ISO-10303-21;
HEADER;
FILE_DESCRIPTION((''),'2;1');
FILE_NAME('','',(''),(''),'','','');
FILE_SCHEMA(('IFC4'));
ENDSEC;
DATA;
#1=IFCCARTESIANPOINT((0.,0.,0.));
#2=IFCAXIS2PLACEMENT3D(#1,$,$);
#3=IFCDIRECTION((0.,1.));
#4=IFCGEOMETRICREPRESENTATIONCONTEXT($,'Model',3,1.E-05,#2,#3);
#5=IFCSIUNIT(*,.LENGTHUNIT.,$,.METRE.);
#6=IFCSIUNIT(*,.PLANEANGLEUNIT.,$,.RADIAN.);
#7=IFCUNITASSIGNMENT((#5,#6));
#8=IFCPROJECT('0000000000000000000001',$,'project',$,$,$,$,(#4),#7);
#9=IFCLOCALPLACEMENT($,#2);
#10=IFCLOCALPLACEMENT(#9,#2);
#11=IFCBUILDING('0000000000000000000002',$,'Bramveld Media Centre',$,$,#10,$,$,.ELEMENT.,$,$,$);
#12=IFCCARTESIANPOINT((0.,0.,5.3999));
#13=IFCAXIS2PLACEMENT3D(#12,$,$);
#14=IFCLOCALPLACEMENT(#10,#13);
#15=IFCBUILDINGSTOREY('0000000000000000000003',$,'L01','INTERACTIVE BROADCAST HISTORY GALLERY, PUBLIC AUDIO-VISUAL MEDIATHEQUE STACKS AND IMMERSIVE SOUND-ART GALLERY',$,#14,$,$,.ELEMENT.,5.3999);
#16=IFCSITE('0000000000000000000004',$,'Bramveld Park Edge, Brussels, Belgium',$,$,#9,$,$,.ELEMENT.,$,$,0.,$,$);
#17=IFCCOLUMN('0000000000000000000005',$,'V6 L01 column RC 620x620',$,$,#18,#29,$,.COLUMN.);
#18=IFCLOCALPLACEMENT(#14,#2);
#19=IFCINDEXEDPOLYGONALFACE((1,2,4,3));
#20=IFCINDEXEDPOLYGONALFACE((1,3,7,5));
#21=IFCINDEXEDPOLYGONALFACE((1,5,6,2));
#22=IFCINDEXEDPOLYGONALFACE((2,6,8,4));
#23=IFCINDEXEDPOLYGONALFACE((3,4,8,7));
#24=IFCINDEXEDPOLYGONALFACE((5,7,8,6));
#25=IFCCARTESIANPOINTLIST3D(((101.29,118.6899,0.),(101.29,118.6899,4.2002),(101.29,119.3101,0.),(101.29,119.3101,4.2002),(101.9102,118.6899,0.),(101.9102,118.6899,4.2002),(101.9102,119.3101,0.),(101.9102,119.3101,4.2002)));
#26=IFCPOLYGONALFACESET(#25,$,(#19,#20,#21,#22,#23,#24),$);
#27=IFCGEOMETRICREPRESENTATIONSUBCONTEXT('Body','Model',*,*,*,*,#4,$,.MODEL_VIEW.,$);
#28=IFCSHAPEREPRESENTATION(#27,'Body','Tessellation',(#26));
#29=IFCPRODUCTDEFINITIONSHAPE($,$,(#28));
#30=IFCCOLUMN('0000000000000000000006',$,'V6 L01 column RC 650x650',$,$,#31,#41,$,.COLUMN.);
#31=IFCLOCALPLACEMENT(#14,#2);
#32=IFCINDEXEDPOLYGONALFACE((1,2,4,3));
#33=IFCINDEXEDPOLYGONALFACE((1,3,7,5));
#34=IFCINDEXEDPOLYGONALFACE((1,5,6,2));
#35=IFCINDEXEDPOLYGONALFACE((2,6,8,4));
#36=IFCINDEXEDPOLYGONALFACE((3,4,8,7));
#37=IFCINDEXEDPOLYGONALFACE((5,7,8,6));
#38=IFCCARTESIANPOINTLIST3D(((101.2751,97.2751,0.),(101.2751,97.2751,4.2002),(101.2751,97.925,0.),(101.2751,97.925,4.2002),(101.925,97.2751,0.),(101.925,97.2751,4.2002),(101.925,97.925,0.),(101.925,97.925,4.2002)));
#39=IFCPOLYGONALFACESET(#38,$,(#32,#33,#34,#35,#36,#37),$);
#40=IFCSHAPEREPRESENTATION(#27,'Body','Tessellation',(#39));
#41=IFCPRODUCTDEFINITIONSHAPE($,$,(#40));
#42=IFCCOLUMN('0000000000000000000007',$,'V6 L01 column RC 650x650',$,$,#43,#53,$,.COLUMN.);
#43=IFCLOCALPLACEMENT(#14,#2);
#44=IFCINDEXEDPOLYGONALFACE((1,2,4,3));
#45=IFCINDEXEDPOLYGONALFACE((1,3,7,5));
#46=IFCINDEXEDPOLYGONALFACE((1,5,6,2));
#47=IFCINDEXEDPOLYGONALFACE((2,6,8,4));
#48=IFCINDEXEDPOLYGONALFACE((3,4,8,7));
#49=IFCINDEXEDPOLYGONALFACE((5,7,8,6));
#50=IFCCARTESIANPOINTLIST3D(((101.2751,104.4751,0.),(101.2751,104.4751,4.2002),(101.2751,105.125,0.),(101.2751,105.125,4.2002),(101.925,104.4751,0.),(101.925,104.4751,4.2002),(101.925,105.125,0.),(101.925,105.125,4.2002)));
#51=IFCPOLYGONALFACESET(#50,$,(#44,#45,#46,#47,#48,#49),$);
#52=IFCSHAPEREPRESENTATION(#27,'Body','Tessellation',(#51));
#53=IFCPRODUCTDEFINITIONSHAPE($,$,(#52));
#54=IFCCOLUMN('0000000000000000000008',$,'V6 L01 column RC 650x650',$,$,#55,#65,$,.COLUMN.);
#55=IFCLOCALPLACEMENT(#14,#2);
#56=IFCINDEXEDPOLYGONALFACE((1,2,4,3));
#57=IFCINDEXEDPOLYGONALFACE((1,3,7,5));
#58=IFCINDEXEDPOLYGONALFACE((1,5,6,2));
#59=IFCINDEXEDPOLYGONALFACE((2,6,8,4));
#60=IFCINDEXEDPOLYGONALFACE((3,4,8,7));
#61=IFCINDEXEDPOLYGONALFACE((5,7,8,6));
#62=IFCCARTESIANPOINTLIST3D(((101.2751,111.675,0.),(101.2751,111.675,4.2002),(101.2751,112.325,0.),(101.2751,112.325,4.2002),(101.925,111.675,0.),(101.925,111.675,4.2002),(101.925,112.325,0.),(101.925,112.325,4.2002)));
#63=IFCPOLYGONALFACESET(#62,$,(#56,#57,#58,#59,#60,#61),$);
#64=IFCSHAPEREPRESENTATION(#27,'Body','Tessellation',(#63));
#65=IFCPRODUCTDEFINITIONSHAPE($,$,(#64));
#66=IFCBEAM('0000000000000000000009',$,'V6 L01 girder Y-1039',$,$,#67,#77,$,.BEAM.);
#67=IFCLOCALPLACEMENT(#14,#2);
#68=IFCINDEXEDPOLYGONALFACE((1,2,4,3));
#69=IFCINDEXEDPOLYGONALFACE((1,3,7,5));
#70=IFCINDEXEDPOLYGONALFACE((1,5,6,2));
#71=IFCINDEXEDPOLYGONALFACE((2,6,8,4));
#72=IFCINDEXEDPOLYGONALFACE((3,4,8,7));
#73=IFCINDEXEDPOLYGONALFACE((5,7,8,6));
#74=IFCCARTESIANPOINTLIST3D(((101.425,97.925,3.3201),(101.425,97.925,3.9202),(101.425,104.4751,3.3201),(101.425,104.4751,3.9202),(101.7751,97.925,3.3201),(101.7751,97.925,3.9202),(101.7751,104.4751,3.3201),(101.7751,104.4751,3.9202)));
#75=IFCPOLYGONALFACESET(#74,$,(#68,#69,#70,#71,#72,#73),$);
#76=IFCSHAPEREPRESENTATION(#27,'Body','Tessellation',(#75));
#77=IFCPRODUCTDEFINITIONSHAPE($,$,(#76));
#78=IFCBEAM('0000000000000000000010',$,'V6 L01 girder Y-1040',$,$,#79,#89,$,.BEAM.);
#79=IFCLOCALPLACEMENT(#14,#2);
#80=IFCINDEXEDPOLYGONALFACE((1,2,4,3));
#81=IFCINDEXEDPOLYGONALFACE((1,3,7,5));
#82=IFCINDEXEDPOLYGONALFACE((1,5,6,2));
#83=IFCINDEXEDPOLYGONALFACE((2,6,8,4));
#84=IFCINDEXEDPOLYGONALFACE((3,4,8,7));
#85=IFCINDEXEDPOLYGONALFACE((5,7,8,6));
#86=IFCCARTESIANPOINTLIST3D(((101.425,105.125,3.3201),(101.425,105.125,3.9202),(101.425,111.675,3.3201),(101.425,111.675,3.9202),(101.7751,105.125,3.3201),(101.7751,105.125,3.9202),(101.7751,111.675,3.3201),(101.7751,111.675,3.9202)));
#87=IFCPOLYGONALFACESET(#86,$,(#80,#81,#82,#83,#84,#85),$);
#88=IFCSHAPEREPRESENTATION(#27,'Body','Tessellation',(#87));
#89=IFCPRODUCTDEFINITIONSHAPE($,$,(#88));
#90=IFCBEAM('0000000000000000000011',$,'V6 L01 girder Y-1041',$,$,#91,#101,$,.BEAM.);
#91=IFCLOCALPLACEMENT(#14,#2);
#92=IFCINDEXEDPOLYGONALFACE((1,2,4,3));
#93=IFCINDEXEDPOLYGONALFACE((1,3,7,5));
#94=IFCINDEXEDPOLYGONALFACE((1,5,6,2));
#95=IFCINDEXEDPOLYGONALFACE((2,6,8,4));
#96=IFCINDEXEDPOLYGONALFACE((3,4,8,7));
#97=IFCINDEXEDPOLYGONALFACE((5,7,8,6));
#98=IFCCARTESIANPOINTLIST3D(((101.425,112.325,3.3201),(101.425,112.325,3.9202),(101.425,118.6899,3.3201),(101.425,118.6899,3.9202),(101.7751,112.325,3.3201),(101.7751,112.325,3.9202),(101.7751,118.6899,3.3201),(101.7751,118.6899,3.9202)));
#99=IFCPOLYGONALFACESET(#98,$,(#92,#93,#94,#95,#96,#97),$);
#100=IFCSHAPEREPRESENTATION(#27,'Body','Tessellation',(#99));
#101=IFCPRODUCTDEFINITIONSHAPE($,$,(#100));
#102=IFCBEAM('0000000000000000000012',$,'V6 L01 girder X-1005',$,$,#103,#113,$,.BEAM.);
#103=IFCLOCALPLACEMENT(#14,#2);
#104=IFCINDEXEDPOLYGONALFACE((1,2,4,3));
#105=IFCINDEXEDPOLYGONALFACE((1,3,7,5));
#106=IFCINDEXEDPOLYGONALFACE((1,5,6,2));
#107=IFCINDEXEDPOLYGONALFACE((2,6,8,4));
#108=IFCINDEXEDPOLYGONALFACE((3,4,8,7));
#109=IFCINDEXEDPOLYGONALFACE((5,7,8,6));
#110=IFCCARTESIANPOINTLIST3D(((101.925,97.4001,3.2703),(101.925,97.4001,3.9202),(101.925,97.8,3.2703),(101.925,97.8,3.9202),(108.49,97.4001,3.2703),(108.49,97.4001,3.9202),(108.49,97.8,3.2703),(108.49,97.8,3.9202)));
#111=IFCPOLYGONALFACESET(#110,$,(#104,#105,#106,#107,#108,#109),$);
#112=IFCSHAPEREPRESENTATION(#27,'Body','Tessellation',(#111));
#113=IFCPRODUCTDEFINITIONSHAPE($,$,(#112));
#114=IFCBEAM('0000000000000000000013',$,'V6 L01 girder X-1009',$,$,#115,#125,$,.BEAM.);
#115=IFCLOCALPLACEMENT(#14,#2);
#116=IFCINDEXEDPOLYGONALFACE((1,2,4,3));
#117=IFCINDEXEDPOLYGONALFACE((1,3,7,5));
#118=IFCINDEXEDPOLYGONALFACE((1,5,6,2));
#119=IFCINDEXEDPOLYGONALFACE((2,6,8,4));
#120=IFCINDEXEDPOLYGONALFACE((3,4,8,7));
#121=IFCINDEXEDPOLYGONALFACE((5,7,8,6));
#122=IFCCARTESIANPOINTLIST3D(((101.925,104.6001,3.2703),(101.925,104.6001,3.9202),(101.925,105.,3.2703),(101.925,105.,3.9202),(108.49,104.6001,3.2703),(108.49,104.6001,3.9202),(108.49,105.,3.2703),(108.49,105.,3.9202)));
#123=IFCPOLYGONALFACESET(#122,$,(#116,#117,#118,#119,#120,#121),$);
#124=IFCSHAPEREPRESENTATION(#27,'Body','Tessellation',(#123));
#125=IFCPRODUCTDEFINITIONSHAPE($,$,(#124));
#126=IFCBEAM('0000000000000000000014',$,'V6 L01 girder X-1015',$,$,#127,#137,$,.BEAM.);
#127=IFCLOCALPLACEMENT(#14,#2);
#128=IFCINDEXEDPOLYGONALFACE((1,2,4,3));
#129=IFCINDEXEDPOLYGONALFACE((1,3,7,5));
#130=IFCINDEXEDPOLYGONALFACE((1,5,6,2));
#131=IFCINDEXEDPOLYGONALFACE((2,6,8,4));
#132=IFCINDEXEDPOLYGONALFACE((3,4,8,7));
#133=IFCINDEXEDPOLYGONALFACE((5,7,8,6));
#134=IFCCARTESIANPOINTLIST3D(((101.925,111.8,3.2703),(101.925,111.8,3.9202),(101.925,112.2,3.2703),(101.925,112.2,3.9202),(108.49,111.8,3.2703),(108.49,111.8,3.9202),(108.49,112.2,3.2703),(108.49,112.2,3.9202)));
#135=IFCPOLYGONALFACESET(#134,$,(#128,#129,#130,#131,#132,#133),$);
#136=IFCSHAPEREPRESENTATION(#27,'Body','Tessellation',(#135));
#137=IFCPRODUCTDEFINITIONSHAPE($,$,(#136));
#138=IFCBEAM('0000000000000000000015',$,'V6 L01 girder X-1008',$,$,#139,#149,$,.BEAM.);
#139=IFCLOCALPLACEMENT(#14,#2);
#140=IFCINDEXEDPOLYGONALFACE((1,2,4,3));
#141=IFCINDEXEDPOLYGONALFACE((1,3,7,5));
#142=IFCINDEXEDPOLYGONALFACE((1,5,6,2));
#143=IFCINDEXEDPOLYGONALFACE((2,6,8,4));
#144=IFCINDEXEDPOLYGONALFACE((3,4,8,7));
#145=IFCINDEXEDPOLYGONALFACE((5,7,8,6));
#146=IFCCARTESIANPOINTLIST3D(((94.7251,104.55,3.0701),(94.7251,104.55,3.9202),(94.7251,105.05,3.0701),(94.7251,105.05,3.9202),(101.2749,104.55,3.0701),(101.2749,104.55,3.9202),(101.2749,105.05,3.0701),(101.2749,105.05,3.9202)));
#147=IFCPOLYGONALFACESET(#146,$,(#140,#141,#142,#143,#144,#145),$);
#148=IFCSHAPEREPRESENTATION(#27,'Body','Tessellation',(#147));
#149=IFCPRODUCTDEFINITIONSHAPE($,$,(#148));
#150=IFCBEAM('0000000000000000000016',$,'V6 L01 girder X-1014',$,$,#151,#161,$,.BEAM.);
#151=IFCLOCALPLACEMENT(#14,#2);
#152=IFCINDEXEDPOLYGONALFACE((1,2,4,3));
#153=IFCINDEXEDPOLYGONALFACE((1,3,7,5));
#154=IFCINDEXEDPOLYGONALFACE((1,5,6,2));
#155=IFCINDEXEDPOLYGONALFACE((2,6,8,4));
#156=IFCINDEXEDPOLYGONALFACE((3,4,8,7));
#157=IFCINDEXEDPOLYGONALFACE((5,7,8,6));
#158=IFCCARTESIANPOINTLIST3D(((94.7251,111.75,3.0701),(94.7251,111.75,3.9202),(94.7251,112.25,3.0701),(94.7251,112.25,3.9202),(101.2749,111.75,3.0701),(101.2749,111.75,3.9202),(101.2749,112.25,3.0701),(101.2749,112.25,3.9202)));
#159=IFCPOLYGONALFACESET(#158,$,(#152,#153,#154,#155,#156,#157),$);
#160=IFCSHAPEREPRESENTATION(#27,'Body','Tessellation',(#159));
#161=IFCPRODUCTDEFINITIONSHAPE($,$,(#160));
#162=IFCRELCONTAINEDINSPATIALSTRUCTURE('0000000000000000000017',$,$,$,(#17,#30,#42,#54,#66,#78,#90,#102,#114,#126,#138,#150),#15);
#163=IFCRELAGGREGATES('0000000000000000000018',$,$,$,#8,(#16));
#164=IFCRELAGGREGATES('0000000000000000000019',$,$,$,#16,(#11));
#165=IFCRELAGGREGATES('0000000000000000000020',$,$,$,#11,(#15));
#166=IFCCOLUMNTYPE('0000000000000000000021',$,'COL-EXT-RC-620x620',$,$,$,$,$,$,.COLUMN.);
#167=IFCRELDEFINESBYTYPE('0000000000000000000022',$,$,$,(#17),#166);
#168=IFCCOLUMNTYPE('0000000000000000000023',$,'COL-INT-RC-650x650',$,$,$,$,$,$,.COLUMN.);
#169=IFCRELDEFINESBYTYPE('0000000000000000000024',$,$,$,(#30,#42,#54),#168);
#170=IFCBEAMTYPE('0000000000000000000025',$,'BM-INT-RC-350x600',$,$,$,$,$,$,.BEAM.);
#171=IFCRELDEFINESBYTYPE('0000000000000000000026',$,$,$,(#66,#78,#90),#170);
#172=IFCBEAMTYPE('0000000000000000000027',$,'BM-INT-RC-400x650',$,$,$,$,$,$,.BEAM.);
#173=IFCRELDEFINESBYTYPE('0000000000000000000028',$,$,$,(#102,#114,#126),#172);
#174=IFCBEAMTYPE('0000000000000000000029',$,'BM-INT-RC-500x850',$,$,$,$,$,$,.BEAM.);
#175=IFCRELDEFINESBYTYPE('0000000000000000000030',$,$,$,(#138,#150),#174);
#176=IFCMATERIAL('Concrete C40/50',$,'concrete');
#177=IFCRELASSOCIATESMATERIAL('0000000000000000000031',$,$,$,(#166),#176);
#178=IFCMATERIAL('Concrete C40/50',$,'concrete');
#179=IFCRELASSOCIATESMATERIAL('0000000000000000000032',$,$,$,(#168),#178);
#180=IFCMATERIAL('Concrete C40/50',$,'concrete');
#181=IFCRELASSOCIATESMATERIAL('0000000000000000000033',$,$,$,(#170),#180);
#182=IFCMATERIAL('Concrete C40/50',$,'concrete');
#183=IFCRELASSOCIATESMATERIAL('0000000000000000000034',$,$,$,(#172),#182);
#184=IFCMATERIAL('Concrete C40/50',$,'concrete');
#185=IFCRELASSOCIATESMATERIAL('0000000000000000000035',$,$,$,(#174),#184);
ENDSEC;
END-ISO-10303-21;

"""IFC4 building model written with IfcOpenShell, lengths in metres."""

from ifc_helpers import new_model, si_unit, direction, frame, origin, origin_2d, place, context, subcontext, project, spatial, rectangle, extrude, material, material_profile, profile_set, type_object, element, save


model = new_model("IFC4")

# Units and contexts
model_context = context("Model", 3, precision=1e-05, world=origin(), true_north=direction((0.0, 1.0)))
body_context = subcontext(model_context, "Body", "Model", "MODEL_VIEW")
ifc_project = project(units=[si_unit("LENGTHUNIT", "METRE"), si_unit("PLANEANGLEUNIT", "RADIAN")], contexts=[model_context])

# Site, building, storey
site_placement = place(None, origin())
site = spatial("IfcSite", under=ifc_project, at=site_placement, Name="Bramveld Park Edge, Brussels, Belgium", CompositionType="ELEMENT", RefElevation=0.0)
building_placement = place(site_placement, origin())
building = spatial("IfcBuilding", under=site, at=building_placement, Name="Bramveld Media Centre", CompositionType="ELEMENT")
storey_placement = place(building_placement, frame((0.0, 0.0, 5.3999)))
storey = spatial("IfcBuildingStorey", under=building, at=storey_placement, Name="L01", Description="INTERACTIVE BROADCAST HISTORY GALLERY, PUBLIC AUDIO-VISUAL MEDIATHEQUE STACKS AND IMMERSIVE SOUND-ART GALLERY", CompositionType="ELEMENT", Elevation=5.3999)

# Columns
ifc_material_1 = material(Name="Concrete C40/50", Category="concrete")
ifc_material_profile_1 = material_profile(ifc_material_1, rectangle(XDim=0.6201, YDim=0.6201, at=origin_2d()), Name="RC 620x620")
ifc_profile_set_1 = profile_set([ifc_material_profile_1], Name="Concrete C40/50")
column_type_1 = type_object("IfcColumnType", Name="COL-EXT-RC-620x620", PredefinedType="COLUMN", material=ifc_profile_set_1)
column_placement = place(storey_placement, frame((101.6001, 119.0, 0.0), z_axis=(0.0, 0.0, 1.0), x_axis=(1.0, 0.0, 0.0)))
element("IfcColumn", 1, at=column_placement, inside=storey, type_object=column_type_1, Name="V6 L01 column RC 620x620", PredefinedType="COLUMN", context=body_context, shape_type="SweptSolid", body=[
    extrude(rectangle(XDim=0.6201, YDim=0.6201, at=origin_2d()), origin(), (0.0, 0.0, 1.0), 4.2002),
])
ifc_material_2 = material(Name="Concrete C40/50", Category="concrete")
ifc_material_profile_2 = material_profile(ifc_material_2, rectangle(XDim=0.6499, YDim=0.6499, at=origin_2d()), Name="RC 650x650")
ifc_profile_set_2 = profile_set([ifc_material_profile_2], Name="Concrete C40/50")
column_type_2 = type_object("IfcColumnType", Name="COL-INT-RC-650x650", PredefinedType="COLUMN", material=ifc_profile_set_2)
for number, where, z_axis, x_axis, name in (
    (2, (101.6001, 97.6001, 0.0), (0.0, 0.0, 1.0), (1.0, 0.0, 0.0), "V6 L01 column RC 650x650"),
    (3, (101.6001, 104.8, 0.0), (0.0, 0.0, 1.0), (1.0, 0.0, 0.0), "V6 L01 column RC 650x650"),
    (4, (101.6001, 112.0, 0.0), (0.0, 0.0, 1.0), (1.0, 0.0, 0.0), "V6 L01 column RC 650x650"),
):
    element("IfcColumn", number, at=place(storey_placement, frame(where, z_axis=z_axis, x_axis=x_axis)), inside=storey, type_object=column_type_2, Name=name, PredefinedType="COLUMN", context=body_context, shape_type="SweptSolid", body=[
        extrude(rectangle(XDim=0.6499, YDim=0.6499, at=origin_2d()), origin(), (0.0, 0.0, 1.0), 4.2002),
    ])

# Beams
ifc_material_3 = material(Name="Concrete C40/50", Category="concrete")
ifc_material_profile_3 = material_profile(ifc_material_3, rectangle(XDim=0.3501, YDim=0.6001, at=origin_2d()), Name="RC 350x600")
ifc_profile_set_3 = profile_set([ifc_material_profile_3], Name="Concrete C40/50")
beam_type_1 = type_object("IfcBeamType", Name="BM-INT-RC-350x600", PredefinedType="BEAM", material=ifc_profile_set_3)
for number, where, z_axis, x_axis, name in (
    (5, (101.6001, 97.925, 3.6201), (0.0, 1.0, 0.0), (-1.0, 0.0, 0.0), "V6 L01 girder Y-1039"),
    (6, (101.6001, 105.125, 3.6201), (0.0, 1.0, 0.0), (-1.0, 0.0, 0.0), "V6 L01 girder Y-1040"),
):
    element("IfcBeam", number, at=place(storey_placement, frame(where, z_axis=z_axis, x_axis=x_axis)), inside=storey, type_object=beam_type_1, Name=name, PredefinedType="BEAM", context=body_context, shape_type="SweptSolid", body=[
        extrude(rectangle(XDim=0.3501, YDim=0.6001, at=origin_2d()), origin(), (0.0, 0.0, 1.0), 6.55),
    ])
beam_1_placement = place(storey_placement, frame((101.6001, 112.325, 3.6201), z_axis=(0.0, 1.0, 0.0), x_axis=(-1.0, 0.0, 0.0)))
element("IfcBeam", 7, at=beam_1_placement, inside=storey, type_object=beam_type_1, Name="V6 L01 girder Y-1041", PredefinedType="BEAM", context=body_context, shape_type="SweptSolid", body=[
    extrude(rectangle(XDim=0.3501, YDim=0.6001, at=origin_2d()), origin(), (0.0, 0.0, 1.0), 6.365),
])
ifc_material_4 = material(Name="Concrete C40/50", Category="concrete")
ifc_material_profile_4 = material_profile(ifc_material_4, rectangle(XDim=0.3999, YDim=0.6499, at=origin_2d()), Name="RC 400x650")
ifc_profile_set_4 = profile_set([ifc_material_profile_4], Name="Concrete C40/50")
beam_type_2 = type_object("IfcBeamType", Name="BM-INT-RC-400x650", PredefinedType="BEAM", material=ifc_profile_set_4)
for number, where, z_axis, x_axis, name in (
    (8, (101.925, 97.6001, 3.5952), (1.0, 0.0, 0.0), (0.0, 1.0, 0.0), "V6 L01 girder X-1005"),
    (9, (101.925, 104.8, 3.5952), (1.0, 0.0, 0.0), (0.0, 1.0, 0.0), "V6 L01 girder X-1009"),
    (10, (101.925, 112.0, 3.5952), (1.0, 0.0, 0.0), (0.0, 1.0, 0.0), "V6 L01 girder X-1015"),
):
    element("IfcBeam", number, at=place(storey_placement, frame(where, z_axis=z_axis, x_axis=x_axis)), inside=storey, type_object=beam_type_2, Name=name, PredefinedType="BEAM", context=body_context, shape_type="SweptSolid", body=[
        extrude(rectangle(XDim=0.3999, YDim=0.6499, at=origin_2d()), origin(), (0.0, 0.0, 1.0), 6.5649),
    ])
ifc_material_5 = material(Name="Concrete C40/50", Category="concrete")
ifc_material_profile_5 = material_profile(ifc_material_5, rectangle(XDim=0.5, YDim=0.8501, at=origin_2d()), Name="RC 500x850")
ifc_profile_set_5 = profile_set([ifc_material_profile_5], Name="Concrete C40/50")
beam_type_3 = type_object("IfcBeamType", Name="BM-INT-RC-500x850", PredefinedType="BEAM", material=ifc_profile_set_5)
for number, where, z_axis, x_axis, name in (
    (11, (94.7251, 104.8, 3.4951), (1.0, 0.0, 0.0), (0.0, 1.0, 0.0), "V6 L01 girder X-1008"),
    (12, (94.7251, 112.0, 3.4951), (1.0, 0.0, 0.0), (0.0, 1.0, 0.0), "V6 L01 girder X-1014"),
):
    element("IfcBeam", number, at=place(storey_placement, frame(where, z_axis=z_axis, x_axis=x_axis)), inside=storey, type_object=beam_type_3, Name=name, PredefinedType="BEAM", context=body_context, shape_type="SweptSolid", body=[
        extrude(rectangle(XDim=0.5, YDim=0.8501, at=origin_2d()), origin(), (0.0, 0.0, 1.0), 6.5498),
    ])

save(model, "model.ifc")
